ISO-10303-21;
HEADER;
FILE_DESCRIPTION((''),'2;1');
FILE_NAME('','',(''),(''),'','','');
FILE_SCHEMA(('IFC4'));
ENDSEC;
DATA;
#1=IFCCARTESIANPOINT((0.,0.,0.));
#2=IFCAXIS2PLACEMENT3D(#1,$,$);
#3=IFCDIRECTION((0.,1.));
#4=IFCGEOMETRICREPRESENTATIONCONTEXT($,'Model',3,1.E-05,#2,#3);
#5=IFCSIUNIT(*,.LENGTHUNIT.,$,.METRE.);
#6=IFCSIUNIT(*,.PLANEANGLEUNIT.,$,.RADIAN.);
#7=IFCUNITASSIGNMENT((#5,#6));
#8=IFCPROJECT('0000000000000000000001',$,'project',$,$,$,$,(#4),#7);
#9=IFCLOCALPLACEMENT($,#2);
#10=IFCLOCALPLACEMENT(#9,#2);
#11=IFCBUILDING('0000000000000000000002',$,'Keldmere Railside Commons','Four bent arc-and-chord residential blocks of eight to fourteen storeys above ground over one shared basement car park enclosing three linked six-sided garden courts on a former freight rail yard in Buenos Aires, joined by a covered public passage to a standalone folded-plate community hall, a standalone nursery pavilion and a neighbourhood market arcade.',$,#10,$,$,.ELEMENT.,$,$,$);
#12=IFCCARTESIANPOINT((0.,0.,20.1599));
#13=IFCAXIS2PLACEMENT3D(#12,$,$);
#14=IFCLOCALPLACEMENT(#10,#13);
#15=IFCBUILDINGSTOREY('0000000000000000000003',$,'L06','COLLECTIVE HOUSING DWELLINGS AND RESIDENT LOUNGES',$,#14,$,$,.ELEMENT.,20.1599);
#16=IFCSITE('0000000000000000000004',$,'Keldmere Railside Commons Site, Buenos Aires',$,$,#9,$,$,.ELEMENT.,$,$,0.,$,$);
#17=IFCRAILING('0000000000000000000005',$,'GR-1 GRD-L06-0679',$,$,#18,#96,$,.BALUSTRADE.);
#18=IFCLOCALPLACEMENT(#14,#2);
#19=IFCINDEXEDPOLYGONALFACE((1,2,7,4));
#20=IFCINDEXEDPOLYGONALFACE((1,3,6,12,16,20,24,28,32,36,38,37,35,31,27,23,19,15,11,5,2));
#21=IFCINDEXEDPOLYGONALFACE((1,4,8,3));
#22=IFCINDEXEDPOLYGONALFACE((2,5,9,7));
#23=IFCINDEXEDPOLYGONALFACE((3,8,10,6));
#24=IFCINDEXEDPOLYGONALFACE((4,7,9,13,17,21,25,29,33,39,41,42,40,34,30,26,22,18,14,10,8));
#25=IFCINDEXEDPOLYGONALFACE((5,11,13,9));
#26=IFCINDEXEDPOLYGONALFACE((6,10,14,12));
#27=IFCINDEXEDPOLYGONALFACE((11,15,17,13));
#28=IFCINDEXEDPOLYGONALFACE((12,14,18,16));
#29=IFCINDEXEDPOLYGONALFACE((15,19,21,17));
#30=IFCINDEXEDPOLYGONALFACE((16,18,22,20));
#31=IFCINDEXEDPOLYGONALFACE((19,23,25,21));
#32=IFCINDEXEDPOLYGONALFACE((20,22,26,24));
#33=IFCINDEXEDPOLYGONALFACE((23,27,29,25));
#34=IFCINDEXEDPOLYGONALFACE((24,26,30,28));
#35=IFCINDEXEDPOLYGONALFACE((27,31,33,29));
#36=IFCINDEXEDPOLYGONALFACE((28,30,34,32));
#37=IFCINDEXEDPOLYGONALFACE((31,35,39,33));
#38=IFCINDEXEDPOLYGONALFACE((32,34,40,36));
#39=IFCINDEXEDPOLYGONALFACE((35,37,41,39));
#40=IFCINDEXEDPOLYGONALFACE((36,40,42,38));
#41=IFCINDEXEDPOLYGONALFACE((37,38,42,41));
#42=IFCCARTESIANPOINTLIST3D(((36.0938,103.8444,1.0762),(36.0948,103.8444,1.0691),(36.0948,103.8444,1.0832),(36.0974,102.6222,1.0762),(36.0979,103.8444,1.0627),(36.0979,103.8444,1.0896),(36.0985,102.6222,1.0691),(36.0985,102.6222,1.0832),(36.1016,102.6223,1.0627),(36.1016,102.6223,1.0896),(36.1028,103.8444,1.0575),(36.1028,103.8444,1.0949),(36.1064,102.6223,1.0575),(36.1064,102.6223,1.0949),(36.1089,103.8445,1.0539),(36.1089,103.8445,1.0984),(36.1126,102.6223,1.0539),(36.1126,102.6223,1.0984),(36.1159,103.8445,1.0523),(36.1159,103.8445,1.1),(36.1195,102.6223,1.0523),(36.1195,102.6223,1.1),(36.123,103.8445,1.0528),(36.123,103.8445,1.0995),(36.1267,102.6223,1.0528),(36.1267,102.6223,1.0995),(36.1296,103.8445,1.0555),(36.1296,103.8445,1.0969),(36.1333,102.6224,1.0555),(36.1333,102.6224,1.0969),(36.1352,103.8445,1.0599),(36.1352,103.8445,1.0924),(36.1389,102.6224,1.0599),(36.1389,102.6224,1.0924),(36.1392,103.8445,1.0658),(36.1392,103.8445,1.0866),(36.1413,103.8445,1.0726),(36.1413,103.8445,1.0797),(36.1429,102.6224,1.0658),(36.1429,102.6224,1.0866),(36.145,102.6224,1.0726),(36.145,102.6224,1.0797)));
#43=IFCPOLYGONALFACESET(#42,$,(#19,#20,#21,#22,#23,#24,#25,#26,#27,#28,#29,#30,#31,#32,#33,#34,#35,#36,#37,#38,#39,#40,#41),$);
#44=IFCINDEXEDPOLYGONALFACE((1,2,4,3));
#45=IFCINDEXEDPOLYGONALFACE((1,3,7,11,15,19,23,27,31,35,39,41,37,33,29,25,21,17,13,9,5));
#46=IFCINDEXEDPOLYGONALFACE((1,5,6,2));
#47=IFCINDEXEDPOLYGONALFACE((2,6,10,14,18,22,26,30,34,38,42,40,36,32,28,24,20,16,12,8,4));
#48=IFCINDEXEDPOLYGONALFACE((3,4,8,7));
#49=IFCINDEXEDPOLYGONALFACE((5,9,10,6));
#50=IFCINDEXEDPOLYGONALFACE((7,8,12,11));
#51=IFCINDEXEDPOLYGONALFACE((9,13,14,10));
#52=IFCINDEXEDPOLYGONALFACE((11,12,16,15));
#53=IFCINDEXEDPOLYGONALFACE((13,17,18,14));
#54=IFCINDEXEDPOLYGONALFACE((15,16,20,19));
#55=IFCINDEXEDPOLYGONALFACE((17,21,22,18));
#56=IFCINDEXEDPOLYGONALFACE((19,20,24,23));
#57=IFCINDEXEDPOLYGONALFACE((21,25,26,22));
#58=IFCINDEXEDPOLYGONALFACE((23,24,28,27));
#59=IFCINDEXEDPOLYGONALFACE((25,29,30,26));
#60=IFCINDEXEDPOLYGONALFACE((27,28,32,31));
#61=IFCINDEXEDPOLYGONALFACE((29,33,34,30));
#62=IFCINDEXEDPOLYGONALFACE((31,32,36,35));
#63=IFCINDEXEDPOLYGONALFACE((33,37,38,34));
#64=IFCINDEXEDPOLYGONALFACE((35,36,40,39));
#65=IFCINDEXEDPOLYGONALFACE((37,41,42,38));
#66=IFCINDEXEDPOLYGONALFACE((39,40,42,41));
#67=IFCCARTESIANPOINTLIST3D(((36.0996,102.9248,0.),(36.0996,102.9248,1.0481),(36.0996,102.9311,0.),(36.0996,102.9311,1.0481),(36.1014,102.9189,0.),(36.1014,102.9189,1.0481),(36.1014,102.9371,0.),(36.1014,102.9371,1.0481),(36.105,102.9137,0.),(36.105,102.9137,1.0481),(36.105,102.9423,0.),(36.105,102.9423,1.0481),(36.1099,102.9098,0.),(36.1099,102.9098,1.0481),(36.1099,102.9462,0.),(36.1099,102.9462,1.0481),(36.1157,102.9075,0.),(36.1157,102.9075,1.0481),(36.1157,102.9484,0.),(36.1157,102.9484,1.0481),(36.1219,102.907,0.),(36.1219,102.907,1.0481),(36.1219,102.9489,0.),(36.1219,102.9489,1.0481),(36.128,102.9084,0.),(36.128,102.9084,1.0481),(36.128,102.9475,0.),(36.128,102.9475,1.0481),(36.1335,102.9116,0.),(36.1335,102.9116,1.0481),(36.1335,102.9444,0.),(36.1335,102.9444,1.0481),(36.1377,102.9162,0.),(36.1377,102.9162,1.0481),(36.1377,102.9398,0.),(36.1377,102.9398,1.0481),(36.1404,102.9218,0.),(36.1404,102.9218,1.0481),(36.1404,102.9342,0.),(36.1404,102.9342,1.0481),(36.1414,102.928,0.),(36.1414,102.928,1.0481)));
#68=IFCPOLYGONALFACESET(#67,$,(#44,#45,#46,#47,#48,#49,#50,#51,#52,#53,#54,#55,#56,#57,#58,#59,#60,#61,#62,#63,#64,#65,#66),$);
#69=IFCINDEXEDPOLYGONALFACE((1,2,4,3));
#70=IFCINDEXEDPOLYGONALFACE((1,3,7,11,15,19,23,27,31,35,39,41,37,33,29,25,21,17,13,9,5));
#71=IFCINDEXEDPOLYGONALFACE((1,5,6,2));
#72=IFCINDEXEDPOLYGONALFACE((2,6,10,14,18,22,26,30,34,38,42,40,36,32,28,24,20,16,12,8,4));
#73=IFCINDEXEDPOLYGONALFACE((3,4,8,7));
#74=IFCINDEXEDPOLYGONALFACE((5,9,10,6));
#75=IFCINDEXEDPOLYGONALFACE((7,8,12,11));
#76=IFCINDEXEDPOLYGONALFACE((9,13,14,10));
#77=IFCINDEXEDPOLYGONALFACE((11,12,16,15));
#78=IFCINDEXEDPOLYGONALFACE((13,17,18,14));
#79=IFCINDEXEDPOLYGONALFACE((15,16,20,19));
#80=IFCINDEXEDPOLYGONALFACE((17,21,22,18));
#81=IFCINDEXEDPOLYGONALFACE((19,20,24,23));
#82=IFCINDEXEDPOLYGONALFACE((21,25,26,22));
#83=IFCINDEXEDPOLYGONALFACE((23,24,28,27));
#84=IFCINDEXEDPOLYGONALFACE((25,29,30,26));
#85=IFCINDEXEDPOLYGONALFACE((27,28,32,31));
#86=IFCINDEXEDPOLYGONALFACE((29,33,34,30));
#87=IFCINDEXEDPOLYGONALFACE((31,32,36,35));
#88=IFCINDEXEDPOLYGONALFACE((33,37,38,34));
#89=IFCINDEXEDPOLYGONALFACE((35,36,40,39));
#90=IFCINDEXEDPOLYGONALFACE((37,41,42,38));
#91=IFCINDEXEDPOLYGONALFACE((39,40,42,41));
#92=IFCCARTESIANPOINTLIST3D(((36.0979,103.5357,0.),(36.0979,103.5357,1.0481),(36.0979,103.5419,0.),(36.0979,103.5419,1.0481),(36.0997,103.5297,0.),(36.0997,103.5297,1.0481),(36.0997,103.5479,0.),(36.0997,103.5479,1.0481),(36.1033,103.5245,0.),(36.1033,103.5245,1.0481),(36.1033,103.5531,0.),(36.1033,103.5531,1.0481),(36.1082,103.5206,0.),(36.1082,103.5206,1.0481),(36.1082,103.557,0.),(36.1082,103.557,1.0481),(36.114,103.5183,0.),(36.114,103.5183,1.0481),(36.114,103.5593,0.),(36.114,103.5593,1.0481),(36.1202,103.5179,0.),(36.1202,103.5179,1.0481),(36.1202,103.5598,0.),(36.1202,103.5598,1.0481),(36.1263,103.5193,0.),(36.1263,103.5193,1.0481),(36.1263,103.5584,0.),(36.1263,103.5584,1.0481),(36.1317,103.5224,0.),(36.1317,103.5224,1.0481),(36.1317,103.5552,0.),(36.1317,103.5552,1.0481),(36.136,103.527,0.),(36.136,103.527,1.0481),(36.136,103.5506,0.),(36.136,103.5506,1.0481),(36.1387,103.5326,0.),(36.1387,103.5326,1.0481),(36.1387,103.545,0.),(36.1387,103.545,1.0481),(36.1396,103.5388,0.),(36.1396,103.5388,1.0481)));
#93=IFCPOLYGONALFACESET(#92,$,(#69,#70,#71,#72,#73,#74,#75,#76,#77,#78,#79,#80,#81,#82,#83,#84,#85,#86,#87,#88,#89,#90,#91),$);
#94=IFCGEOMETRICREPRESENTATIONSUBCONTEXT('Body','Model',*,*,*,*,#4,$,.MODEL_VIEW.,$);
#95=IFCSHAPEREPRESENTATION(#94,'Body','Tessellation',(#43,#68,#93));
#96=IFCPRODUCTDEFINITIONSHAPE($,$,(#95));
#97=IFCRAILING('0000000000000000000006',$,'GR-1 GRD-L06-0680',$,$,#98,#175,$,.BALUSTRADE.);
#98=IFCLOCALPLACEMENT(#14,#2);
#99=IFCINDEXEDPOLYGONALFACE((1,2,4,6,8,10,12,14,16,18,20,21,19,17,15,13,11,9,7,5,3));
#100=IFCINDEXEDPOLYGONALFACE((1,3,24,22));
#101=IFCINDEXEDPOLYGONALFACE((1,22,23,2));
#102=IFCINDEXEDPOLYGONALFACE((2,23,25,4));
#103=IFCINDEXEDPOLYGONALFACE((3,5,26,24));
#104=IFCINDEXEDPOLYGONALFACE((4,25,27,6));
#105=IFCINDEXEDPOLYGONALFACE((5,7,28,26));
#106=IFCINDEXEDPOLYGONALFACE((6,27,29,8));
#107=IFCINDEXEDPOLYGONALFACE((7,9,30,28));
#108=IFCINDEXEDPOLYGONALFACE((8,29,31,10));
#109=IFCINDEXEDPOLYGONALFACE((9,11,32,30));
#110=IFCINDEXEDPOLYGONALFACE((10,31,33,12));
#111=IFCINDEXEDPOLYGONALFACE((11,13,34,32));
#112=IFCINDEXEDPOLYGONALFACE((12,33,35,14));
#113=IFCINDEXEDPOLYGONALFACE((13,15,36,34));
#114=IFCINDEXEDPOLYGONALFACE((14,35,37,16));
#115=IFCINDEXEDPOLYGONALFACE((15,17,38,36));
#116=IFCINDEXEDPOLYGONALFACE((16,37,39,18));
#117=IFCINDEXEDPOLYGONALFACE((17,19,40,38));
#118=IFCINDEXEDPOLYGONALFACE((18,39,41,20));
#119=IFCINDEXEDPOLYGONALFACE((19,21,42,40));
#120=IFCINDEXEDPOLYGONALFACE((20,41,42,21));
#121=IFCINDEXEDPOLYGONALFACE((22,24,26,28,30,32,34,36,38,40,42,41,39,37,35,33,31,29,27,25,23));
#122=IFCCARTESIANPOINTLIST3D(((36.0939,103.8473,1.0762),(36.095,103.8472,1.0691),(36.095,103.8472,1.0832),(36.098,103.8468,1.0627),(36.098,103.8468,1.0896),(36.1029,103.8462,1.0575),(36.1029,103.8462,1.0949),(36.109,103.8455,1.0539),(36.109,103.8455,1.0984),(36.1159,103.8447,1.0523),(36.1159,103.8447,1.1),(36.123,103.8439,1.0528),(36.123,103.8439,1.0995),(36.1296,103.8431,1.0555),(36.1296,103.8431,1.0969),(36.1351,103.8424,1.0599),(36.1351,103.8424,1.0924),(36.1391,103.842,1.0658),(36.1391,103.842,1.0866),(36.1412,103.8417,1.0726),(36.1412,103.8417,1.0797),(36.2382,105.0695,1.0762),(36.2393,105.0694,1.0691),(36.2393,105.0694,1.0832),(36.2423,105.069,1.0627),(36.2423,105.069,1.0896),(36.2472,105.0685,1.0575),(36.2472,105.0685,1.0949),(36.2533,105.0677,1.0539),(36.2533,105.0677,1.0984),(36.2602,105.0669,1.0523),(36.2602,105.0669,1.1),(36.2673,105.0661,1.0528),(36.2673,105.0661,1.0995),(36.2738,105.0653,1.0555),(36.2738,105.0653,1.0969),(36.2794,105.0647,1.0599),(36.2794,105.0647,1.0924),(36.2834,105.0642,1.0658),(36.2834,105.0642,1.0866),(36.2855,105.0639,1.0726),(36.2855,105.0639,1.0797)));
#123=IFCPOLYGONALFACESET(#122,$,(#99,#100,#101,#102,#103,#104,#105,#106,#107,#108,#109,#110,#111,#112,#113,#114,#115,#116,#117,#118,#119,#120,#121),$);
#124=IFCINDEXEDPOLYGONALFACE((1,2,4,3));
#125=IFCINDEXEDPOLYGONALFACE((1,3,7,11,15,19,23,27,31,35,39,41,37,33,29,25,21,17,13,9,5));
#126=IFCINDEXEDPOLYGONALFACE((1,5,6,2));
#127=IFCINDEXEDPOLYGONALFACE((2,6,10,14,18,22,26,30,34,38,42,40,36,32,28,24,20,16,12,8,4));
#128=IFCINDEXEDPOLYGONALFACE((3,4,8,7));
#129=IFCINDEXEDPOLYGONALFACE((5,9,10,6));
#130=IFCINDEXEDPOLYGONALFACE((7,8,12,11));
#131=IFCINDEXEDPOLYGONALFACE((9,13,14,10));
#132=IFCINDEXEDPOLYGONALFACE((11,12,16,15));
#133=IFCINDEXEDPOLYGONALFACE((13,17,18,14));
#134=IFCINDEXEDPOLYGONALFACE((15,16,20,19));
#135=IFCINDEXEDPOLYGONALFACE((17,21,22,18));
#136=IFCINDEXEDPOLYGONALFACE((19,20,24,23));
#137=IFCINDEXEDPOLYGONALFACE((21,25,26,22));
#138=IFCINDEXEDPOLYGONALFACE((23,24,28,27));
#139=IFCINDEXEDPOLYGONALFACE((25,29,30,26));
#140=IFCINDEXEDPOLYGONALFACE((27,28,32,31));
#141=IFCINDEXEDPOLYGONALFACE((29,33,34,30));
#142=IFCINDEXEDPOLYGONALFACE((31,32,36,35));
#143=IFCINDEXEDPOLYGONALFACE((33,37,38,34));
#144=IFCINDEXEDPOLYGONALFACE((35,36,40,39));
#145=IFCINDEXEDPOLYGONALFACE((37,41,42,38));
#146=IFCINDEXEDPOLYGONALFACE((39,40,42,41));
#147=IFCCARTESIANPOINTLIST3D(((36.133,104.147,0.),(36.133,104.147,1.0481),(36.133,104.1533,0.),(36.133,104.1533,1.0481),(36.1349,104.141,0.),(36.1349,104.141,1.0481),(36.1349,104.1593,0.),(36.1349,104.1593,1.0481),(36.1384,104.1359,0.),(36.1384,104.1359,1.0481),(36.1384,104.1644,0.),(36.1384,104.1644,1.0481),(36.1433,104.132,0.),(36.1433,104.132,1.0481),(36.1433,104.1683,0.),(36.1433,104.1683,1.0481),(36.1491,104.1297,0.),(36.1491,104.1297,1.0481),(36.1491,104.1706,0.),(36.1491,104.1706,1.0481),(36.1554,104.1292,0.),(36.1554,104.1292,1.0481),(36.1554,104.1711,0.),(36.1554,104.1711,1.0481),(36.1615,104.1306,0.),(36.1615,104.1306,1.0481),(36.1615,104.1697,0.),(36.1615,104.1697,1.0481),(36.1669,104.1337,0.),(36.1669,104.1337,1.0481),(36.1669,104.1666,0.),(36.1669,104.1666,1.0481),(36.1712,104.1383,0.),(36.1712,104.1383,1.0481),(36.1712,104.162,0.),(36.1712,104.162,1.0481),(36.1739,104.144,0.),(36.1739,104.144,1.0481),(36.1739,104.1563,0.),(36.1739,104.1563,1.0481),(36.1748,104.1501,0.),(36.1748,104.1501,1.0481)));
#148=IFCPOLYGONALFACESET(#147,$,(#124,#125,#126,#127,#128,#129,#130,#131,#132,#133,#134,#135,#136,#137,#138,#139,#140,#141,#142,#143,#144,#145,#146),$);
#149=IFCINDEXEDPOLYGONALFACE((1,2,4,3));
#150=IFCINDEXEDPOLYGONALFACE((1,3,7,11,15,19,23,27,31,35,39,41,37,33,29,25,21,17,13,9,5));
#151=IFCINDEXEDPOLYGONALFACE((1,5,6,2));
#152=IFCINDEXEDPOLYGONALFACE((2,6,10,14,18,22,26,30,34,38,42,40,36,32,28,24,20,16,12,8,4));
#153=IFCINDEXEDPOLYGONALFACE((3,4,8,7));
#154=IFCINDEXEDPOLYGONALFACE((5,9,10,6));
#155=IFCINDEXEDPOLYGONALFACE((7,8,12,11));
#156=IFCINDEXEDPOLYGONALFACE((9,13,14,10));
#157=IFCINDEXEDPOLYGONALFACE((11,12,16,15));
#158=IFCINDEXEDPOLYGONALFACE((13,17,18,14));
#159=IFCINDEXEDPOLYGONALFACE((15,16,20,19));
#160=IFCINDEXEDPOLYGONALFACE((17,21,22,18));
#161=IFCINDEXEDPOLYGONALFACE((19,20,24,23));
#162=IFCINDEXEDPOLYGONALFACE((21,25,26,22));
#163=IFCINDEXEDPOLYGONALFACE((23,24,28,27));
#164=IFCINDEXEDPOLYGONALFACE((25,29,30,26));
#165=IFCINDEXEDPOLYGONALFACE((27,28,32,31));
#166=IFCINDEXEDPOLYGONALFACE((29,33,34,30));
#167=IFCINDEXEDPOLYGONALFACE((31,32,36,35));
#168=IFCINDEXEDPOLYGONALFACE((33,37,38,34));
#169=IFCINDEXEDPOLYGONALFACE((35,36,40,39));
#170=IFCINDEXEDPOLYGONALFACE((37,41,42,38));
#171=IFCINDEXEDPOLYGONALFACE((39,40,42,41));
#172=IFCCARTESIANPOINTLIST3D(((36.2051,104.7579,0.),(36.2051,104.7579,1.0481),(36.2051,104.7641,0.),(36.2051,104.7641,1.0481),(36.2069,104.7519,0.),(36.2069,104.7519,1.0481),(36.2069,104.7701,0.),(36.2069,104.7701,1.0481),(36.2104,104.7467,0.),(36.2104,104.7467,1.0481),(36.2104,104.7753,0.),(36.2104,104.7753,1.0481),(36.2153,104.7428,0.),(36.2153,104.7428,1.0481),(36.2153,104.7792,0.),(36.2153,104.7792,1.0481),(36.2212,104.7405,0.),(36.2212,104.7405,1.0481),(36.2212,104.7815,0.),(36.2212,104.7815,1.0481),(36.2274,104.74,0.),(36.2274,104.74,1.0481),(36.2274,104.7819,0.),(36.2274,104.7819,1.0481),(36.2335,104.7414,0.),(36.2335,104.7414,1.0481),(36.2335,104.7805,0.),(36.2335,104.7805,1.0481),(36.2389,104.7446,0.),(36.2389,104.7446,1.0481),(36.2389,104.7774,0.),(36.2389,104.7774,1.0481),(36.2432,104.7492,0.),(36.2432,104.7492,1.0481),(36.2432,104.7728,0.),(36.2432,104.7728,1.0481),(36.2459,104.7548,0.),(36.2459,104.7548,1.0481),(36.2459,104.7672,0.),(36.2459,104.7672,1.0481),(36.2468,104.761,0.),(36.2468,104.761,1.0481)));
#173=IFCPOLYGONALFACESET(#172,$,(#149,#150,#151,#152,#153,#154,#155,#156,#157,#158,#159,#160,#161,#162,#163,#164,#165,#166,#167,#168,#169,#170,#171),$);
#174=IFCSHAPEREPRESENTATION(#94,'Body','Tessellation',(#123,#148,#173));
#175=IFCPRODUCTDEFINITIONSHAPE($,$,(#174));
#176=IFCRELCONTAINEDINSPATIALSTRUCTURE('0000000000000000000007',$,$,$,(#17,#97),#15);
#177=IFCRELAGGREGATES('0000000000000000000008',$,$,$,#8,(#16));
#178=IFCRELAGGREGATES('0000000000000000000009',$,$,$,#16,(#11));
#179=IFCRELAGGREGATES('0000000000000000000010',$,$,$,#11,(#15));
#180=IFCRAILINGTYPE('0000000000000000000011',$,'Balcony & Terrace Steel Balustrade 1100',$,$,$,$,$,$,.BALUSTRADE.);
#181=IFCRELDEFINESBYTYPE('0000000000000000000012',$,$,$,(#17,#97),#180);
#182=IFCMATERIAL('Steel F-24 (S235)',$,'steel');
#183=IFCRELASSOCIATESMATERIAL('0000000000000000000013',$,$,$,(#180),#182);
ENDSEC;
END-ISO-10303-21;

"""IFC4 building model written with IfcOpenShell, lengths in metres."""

from ifc_helpers import new_model, si_unit, direction, frame, origin, origin_2d, place, context, subcontext, project, spatial, circle, extrude, material, type_object, element, save


model = new_model("IFC4")

# Units and contexts
model_context = context("Model", 3, precision=1e-05, world=origin(), true_north=direction((0.0, 1.0)))
body_context = subcontext(model_context, "Body", "Model", "MODEL_VIEW")
ifc_project = project(units=[si_unit("LENGTHUNIT", "METRE"), si_unit("PLANEANGLEUNIT", "RADIAN")], contexts=[model_context])

# Site, building, storey
site_placement = place(None, origin())
site = spatial("IfcSite", under=ifc_project, at=site_placement, Name="Keldmere Railside Commons Site, Buenos Aires", CompositionType="ELEMENT", RefElevation=0.0)
building_placement = place(site_placement, origin())
building = spatial("IfcBuilding", under=site, at=building_placement, Name="Keldmere Railside Commons", Description="Four bent arc-and-chord residential blocks of eight to fourteen storeys above ground over one shared basement car park enclosing three linked six-sided garden courts on a former freight rail yard in Buenos Aires, joined by a covered public passage to a standalone folded-plate community hall, a standalone nursery pavilion and a neighbourhood market arcade.", CompositionType="ELEMENT")
storey_placement = place(building_placement, frame((0.0, 0.0, 20.1599)))
storey = spatial("IfcBuildingStorey", under=building, at=storey_placement, Name="L06", Description="COLLECTIVE HOUSING DWELLINGS AND RESIDENT LOUNGES", CompositionType="ELEMENT", Elevation=20.1599)

# Shared definitions
ifc_material_1 = material(Name="Steel F-24 (S235)", Category="steel")

# Railings
railing_type = type_object("IfcRailingType", Name="Balcony & Terrace Steel Balustrade 1100", PredefinedType="BALUSTRADE", material=ifc_material_1)
railing_1_placement = place(storey_placement, frame((36.1213, 102.6223, 0.0)))
element("IfcRailing", 1, at=railing_1_placement, inside=storey, type_object=railing_type, Name="GR-1 GRD-L06-0679", PredefinedType="BALUSTRADE", context=body_context, shape_type="SweptSolid", body=[
    extrude(circle(Radius=0.0239, at=origin_2d()), frame((0.0, 0.0, 1.0762), z_axis=(-0.002996, 0.999996, 0.0), x_axis=(-0.999996, -0.002996, 0.0)), (0.0, 0.0, 1.0), 1.2222),
    extrude(circle(Radius=0.021, at=origin_2d()), frame((-0.001, 0.3057, 0.0)), (0.0, 0.0, 1.0), 1.0481),
    extrude(circle(Radius=0.021, at=origin_2d()), frame((-0.0027, 0.9165, 0.0)), (0.0, 0.0, 1.0), 1.0481),
])
railing_2_placement = place(storey_placement, frame((36.1177, 103.8445, 0.0)))
element("IfcRailing", 2, at=railing_2_placement, inside=storey, type_object=railing_type, Name="GR-1 GRD-L06-0680", PredefinedType="BALUSTRADE", context=body_context, shape_type="SweptSolid", body=[
    extrude(circle(Radius=0.0239, at=origin_2d()), frame((0.0, 0.0, 1.0762), z_axis=(0.117244, 0.993103, 0.0), x_axis=(-0.993103, 0.117244, 0.0)), (0.0, 0.0, 1.0), 1.2307),
    extrude(circle(Radius=0.021, at=origin_2d()), frame((0.0361, 0.3057, 0.0)), (0.0, 0.0, 1.0), 1.0481),
    extrude(circle(Radius=0.021, at=origin_2d()), frame((0.1082, 0.9165, 0.0)), (0.0, 0.0, 1.0), 1.0481),
])

save(model, "model.ifc")
